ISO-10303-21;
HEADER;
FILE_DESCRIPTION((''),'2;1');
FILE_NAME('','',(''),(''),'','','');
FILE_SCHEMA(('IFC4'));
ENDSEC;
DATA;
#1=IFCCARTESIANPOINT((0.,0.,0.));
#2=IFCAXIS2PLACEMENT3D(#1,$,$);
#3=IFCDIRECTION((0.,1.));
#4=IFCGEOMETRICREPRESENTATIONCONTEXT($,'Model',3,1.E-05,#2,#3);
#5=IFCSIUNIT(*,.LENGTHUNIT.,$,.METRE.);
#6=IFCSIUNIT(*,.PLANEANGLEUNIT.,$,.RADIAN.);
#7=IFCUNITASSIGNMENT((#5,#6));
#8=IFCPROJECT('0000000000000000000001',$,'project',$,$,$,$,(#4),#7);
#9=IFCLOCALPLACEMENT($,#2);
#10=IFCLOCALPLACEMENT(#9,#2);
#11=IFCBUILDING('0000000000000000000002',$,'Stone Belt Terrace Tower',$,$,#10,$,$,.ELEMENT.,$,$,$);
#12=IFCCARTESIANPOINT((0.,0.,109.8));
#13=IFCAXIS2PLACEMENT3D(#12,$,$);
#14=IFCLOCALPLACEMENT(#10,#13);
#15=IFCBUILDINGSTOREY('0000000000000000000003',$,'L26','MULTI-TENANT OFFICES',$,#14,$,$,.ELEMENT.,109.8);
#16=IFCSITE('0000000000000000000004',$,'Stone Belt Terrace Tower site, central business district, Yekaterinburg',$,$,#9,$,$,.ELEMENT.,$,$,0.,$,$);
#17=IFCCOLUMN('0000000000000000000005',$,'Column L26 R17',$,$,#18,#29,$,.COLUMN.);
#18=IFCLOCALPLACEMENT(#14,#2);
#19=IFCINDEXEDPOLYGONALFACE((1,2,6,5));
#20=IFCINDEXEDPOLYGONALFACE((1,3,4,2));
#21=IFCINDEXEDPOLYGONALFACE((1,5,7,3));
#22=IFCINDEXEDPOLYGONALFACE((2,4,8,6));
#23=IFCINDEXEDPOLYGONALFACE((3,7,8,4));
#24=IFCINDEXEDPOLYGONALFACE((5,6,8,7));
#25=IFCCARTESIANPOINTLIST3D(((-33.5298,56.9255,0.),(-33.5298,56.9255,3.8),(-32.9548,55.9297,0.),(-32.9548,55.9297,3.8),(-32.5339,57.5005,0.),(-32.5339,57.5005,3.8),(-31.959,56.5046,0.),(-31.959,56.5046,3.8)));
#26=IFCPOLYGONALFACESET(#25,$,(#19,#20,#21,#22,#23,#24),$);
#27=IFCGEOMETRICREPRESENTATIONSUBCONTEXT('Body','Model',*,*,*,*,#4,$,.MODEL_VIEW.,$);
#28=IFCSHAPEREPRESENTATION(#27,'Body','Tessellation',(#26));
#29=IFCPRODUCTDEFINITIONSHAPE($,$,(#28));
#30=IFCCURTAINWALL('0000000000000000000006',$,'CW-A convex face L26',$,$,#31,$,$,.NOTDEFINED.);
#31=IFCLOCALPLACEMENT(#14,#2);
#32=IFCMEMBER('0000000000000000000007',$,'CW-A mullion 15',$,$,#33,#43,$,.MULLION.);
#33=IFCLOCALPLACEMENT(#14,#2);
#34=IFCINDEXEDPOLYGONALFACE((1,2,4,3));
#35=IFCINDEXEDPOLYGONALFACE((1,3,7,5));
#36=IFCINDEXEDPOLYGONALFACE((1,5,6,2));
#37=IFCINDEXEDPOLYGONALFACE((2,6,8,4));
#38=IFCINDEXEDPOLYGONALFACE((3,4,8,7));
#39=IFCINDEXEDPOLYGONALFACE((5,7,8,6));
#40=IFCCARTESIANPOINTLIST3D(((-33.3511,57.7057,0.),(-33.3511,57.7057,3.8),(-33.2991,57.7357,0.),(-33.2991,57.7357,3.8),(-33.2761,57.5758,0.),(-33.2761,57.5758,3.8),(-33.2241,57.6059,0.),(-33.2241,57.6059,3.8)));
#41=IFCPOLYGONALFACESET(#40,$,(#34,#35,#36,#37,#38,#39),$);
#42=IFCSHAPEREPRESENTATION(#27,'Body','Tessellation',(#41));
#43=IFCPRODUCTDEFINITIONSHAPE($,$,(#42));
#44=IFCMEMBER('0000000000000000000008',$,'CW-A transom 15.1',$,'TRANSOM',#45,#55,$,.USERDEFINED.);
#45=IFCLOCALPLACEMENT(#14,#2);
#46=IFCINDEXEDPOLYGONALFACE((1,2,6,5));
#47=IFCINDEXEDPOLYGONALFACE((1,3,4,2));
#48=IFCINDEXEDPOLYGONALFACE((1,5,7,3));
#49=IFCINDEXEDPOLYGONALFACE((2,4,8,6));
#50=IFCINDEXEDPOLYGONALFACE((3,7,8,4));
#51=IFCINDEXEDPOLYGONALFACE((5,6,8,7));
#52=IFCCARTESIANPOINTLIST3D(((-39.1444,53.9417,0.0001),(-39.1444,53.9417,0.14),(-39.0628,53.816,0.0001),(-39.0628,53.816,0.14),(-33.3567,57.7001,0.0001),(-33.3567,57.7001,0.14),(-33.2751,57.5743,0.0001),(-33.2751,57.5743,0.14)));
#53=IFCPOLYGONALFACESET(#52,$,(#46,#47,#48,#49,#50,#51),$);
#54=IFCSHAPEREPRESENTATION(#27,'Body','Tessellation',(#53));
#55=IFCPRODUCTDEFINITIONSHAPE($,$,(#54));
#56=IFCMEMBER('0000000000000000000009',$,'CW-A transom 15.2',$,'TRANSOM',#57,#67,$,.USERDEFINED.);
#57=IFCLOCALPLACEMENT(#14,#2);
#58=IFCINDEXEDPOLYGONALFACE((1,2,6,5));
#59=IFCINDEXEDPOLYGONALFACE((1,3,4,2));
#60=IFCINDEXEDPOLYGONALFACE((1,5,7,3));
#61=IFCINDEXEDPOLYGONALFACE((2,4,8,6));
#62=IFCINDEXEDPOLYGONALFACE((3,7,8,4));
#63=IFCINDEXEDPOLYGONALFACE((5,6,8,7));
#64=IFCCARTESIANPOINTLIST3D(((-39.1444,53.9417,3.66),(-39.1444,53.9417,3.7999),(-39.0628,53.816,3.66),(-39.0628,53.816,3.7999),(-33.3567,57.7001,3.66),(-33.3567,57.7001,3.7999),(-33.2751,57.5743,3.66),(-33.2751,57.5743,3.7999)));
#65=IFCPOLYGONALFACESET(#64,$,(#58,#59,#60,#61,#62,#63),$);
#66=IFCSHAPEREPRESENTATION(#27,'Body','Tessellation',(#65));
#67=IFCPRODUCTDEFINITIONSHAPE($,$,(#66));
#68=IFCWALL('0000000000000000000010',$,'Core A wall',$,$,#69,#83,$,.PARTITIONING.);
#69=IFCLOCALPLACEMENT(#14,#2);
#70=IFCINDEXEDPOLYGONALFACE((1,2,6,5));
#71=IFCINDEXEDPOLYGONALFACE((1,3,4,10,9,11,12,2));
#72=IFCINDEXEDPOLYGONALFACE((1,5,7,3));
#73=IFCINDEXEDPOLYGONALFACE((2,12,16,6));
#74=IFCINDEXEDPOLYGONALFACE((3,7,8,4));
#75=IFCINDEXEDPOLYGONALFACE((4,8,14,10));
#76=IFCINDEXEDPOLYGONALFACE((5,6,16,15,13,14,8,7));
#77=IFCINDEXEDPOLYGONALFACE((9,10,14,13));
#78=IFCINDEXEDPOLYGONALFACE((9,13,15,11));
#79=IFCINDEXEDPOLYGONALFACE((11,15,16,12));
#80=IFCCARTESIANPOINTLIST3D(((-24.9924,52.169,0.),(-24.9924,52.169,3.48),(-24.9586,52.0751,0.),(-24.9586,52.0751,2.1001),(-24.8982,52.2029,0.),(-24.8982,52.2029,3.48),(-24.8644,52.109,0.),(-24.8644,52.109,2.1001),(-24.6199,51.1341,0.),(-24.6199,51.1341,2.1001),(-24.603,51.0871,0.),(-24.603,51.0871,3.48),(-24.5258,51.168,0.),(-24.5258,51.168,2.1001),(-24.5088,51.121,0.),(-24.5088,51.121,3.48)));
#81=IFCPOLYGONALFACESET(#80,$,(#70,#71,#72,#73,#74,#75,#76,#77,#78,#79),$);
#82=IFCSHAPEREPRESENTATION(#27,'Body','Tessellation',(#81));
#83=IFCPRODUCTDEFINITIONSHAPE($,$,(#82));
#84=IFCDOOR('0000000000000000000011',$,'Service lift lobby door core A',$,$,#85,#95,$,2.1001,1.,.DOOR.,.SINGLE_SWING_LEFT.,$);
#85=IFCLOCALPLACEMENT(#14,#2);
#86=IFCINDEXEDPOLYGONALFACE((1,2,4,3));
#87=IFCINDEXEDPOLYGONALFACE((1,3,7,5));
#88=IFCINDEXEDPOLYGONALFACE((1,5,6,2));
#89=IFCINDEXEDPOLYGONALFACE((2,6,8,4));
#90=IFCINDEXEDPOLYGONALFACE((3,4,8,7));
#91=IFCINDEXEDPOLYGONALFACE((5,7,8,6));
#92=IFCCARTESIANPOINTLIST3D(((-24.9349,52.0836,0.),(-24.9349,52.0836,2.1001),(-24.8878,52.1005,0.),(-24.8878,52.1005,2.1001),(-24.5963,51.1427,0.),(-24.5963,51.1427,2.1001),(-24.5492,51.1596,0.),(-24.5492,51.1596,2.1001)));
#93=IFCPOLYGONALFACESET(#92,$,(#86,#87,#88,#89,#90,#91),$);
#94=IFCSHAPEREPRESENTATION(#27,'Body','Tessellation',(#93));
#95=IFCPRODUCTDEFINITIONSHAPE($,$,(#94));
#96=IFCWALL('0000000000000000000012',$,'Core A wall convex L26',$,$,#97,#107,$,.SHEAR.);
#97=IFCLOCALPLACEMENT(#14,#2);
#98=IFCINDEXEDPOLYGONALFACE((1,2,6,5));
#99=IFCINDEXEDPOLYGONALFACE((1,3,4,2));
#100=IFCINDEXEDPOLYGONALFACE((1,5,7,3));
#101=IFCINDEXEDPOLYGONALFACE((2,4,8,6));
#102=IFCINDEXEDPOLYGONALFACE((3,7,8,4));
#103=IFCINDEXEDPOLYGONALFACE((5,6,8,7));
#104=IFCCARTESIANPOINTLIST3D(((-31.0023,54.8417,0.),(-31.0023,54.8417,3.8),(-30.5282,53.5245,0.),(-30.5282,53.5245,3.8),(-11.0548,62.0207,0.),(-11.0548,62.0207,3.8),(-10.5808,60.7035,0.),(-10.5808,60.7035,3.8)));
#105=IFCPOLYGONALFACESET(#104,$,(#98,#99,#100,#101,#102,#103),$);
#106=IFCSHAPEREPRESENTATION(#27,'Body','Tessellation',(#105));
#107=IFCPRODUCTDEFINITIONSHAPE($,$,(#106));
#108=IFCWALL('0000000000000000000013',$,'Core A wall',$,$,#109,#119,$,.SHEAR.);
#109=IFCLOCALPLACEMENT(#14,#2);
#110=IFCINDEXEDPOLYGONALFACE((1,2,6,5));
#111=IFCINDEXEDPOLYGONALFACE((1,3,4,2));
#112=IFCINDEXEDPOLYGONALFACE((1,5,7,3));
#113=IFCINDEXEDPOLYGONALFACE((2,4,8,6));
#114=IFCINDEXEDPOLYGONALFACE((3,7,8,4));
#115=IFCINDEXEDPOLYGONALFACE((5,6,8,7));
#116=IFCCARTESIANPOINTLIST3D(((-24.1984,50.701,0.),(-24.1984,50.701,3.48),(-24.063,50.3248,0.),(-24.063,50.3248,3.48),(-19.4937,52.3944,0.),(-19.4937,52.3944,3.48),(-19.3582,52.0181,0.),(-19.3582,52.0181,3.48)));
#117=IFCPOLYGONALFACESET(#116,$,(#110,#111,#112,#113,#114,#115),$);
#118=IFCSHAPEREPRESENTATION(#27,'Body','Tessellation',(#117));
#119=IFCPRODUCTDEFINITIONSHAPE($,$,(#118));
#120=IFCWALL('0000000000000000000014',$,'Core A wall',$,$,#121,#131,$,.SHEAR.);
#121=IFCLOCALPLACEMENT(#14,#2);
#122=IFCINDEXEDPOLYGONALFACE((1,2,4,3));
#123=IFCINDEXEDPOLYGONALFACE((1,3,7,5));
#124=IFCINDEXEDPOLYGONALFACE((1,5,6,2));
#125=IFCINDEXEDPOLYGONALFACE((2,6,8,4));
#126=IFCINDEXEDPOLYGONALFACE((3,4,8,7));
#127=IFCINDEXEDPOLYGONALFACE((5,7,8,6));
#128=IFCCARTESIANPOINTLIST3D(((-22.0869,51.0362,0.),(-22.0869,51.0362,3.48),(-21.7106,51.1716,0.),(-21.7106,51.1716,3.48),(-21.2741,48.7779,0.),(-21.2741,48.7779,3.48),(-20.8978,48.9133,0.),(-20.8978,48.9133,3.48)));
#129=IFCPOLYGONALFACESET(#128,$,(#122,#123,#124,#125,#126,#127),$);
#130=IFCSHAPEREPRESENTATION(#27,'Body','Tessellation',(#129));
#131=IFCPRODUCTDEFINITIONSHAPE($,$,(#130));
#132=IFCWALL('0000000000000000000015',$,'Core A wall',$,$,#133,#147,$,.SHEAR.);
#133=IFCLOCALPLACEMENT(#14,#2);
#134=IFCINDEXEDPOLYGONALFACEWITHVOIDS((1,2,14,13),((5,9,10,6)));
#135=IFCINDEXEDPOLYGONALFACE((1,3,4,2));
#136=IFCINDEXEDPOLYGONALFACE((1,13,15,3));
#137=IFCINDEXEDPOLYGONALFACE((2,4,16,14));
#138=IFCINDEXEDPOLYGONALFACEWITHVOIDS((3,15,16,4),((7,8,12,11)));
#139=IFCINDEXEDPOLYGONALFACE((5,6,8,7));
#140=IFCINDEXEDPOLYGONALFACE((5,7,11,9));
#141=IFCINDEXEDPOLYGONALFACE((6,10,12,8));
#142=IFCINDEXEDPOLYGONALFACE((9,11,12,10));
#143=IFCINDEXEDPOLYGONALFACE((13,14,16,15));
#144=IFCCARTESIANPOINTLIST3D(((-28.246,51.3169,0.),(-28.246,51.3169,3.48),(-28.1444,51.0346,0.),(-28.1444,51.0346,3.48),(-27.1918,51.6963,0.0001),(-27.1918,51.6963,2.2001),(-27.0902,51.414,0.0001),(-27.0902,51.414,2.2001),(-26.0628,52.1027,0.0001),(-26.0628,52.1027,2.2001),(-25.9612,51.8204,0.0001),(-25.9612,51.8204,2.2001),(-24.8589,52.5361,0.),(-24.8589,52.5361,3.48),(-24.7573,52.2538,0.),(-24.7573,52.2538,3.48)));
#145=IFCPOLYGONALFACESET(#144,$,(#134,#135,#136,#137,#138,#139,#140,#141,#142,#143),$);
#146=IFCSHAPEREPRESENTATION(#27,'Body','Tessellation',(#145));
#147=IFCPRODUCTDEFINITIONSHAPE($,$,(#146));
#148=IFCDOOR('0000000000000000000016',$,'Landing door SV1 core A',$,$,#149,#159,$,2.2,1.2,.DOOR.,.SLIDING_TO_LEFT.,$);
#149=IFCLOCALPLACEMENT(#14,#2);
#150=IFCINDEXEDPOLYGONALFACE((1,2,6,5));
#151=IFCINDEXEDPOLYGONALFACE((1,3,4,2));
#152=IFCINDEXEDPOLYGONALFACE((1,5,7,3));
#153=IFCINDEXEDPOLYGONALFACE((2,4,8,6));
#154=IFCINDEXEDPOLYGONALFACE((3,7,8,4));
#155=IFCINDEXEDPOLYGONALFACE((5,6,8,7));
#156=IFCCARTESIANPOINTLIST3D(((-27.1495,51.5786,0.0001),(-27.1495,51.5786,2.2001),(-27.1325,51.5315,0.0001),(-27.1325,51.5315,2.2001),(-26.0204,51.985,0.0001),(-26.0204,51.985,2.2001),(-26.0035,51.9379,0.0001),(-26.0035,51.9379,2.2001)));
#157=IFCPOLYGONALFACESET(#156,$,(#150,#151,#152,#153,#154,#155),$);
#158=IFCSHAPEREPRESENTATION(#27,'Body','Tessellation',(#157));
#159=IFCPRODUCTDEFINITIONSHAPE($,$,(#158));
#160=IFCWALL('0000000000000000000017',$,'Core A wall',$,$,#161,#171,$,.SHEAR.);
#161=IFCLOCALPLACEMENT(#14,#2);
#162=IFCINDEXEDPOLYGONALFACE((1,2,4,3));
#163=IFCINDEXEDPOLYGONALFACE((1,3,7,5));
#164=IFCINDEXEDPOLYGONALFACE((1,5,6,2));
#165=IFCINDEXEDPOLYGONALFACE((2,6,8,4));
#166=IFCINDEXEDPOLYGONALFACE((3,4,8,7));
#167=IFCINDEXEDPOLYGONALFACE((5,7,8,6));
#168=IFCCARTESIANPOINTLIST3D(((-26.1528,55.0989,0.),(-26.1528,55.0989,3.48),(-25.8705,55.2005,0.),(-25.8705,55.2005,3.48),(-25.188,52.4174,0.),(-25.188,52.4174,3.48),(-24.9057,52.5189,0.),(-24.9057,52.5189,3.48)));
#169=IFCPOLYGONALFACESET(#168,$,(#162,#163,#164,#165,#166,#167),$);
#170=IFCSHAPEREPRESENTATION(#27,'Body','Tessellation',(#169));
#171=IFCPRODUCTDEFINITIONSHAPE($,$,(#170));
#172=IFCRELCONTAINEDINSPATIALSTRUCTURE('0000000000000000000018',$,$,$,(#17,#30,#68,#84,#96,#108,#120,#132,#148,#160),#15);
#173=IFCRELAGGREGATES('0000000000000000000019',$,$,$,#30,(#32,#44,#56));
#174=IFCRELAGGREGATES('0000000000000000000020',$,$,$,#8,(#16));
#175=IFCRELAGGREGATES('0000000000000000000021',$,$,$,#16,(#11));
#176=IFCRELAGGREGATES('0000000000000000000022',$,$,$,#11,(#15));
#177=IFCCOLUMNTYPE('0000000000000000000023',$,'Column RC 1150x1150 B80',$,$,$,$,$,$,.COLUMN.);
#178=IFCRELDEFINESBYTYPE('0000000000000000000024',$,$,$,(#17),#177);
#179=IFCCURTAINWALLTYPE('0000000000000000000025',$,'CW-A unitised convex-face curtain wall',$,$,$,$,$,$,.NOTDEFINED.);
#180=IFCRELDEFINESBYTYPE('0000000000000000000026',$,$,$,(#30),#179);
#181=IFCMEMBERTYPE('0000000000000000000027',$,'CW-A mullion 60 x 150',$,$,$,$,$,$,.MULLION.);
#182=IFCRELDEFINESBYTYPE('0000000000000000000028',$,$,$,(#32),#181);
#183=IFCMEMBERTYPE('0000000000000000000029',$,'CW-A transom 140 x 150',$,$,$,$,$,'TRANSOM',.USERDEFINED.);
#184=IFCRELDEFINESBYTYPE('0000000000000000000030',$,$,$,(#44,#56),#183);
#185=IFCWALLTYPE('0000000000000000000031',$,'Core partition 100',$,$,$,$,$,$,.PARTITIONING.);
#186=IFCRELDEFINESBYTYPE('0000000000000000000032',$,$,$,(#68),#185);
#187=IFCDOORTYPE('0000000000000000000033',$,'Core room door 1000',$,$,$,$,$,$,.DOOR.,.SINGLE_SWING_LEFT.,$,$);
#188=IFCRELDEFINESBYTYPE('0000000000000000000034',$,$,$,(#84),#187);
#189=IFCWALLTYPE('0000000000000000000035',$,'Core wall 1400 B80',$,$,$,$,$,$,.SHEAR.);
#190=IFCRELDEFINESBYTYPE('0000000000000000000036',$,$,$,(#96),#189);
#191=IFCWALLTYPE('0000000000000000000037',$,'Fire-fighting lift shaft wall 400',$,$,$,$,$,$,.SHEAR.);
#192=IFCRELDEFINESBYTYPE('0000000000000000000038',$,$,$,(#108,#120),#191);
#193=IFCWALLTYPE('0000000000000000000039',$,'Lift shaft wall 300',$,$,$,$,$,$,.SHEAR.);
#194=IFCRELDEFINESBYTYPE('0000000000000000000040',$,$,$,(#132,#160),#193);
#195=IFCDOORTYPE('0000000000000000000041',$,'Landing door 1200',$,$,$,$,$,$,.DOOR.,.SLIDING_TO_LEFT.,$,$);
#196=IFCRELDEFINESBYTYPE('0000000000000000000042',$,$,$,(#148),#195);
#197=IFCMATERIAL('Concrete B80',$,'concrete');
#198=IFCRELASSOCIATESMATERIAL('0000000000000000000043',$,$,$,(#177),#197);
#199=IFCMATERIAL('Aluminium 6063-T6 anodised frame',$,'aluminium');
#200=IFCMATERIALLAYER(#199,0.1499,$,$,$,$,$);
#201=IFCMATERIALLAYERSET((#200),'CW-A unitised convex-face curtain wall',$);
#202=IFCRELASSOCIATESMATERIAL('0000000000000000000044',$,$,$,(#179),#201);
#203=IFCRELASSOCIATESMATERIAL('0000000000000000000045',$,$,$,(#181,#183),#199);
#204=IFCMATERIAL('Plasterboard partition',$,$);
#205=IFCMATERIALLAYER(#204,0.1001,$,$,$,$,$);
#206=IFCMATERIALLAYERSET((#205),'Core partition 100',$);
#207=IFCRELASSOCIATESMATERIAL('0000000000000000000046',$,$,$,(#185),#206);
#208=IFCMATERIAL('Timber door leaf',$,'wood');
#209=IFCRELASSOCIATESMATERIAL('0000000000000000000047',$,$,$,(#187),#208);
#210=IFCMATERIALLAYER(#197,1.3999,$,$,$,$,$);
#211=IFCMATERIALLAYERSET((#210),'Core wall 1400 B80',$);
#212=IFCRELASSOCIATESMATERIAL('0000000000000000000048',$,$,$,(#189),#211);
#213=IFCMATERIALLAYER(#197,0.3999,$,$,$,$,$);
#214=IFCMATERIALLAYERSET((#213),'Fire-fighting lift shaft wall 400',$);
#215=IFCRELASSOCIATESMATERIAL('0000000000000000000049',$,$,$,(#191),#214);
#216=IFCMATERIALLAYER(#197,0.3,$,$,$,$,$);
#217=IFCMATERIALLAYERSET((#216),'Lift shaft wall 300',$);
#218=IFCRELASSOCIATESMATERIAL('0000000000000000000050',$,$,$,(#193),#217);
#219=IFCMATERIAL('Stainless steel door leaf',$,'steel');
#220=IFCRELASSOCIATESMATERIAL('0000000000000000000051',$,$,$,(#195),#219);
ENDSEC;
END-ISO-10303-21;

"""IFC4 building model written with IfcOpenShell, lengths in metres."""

from ifc_helpers import new_model, si_unit, direction, frame, frame_2d, origin, origin_2d, place, context, subcontext, project, spatial, rectangle, extrude, material, layer, layer_set, material_profile, profile_set, type_object, element, fill, aggregate, save


model = new_model("IFC4")

# Units and contexts
model_context = context("Model", 3, precision=1e-05, world=origin(), true_north=direction((0.0, 1.0)))
body_context = subcontext(model_context, "Body", "Model", "MODEL_VIEW")
ifc_project = project(units=[si_unit("LENGTHUNIT", "METRE"), si_unit("PLANEANGLEUNIT", "RADIAN")], contexts=[model_context])

# Site, building, storey
site_placement = place(None, origin())
site = spatial("IfcSite", under=ifc_project, at=site_placement, Name="Stone Belt Terrace Tower site, central business district, Yekaterinburg", CompositionType="ELEMENT", RefElevation=0.0)
building_placement = place(site_placement, origin())
building = spatial("IfcBuilding", under=site, at=building_placement, Name="Stone Belt Terrace Tower", CompositionType="ELEMENT")
storey_placement = place(building_placement, frame((0.0, 0.0, 109.8)))
storey = spatial("IfcBuildingStorey", under=building, at=storey_placement, Name="L26", Description="MULTI-TENANT OFFICES", CompositionType="ELEMENT", Elevation=109.8)

# Column
ifc_material_1 = material(Name="Concrete B80", Category="concrete")
ifc_material_profile_1 = material_profile(ifc_material_1, rectangle(XDim=1.1499, YDim=1.1499, at=origin_2d()), Name="RC 1150x1150")
ifc_profile_set_1 = profile_set([ifc_material_profile_1], Name="Concrete B80")
column_type = type_object("IfcColumnType", Name="Column RC 1150x1150 B80", PredefinedType="COLUMN", material=ifc_profile_set_1)
column_placement = place(storey_placement, frame((-32.7444, 56.7151, 0.0), z_axis=(0.0, 0.0, 1.0), x_axis=(0.866025, 0.5, 0.0)))
element("IfcColumn", 1, at=column_placement, inside=storey, type_object=column_type, Name="Column L26 R17", PredefinedType="COLUMN", context=body_context, shape_type="SweptSolid", body=[
    extrude(rectangle(XDim=1.1499, YDim=1.1499, at=origin_2d()), origin(), (0.0, 0.0, 1.0), 3.8),
])

# Curtain wall, members
ifc_material_2 = material(Name="Aluminium 6063-T6 anodised frame", Category="aluminium")
ifc_layer_1 = layer(ifc_material_2, 0.1499)
ifc_layer_set_1 = layer_set([ifc_layer_1], Name="CW-A unitised convex-face curtain wall")
curtain_wall_type = type_object("IfcCurtainWallType", Name="CW-A unitised convex-face curtain wall", PredefinedType="NOTDEFINED", material=ifc_layer_set_1)
curtain_wall_placement = place(storey_placement, origin())
curtain_wall = element("IfcCurtainWall", 2, at=curtain_wall_placement, inside=storey, type_object=curtain_wall_type, Name="CW-A convex face L26", PredefinedType="NOTDEFINED")
ifc_material_profile_2 = material_profile(ifc_material_2, rectangle(XDim=0.1499, YDim=0.0601, at=origin_2d()), Name="Aluminium 6063-T6 60x150")
ifc_profile_set_2 = profile_set([ifc_material_profile_2], Name="Aluminium 6063-T6 anodised frame")
member_type_1 = type_object("IfcMemberType", Name="CW-A mullion 60 x 150", PredefinedType="MULLION", material=ifc_profile_set_2)
member_1_placement = place(storey_placement, frame((-33.2876, 57.6558, 0.0), z_axis=(0.0, 0.0, 1.0), x_axis=(0.5, -0.866025, 0.0)))
member_1 = element("IfcMember", 3, at=member_1_placement, type_object=member_type_1, Name="CW-A mullion 15", PredefinedType="MULLION", context=body_context, shape_type="SweptSolid", body=[
    extrude(rectangle(XDim=0.1499, YDim=0.0601, at=origin_2d()), origin(), (0.0, 0.0, 1.0), 3.8),
])
ifc_material_profile_3 = material_profile(ifc_material_2, rectangle(XDim=0.1499, YDim=0.1399, at=origin_2d()), Name="Aluminium 6063-T6 150x140")
ifc_profile_set_3 = profile_set([ifc_material_profile_3], Name="Aluminium 6063-T6 anodised frame")
member_type_2 = type_object("IfcMemberType", Name="CW-A transom 140 x 150", ElementType="TRANSOM", PredefinedType="USERDEFINED", material=ifc_profile_set_3)
member_2_placement = place(storey_placement, frame((-33.3159, 57.6372, 0.0701), z_axis=(-0.838684, -0.544618, 0.0), x_axis=(0.544618, -0.838684, 0.0)))
member_2 = element("IfcMember", 4, at=member_2_placement, type_object=member_type_2, Name="CW-A transom 15.1", ObjectType="TRANSOM", PredefinedType="USERDEFINED", context=body_context, shape_type="SweptSolid", body=[
    extrude(rectangle(XDim=0.1499, YDim=0.1399, at=origin_2d()), origin(), (0.0, 0.0, 1.0), 6.9009),
])
member_3_placement = place(storey_placement, frame((-33.3159, 57.6372, 3.73), z_axis=(-0.838684, -0.544618, 0.0), x_axis=(0.544618, -0.838684, 0.0)))
member_3 = element("IfcMember", 5, at=member_3_placement, type_object=member_type_2, Name="CW-A transom 15.2", ObjectType="TRANSOM", PredefinedType="USERDEFINED", context=body_context, shape_type="SweptSolid", body=[
    extrude(rectangle(XDim=0.1499, YDim=0.1399, at=origin_2d()), origin(), (0.0, 0.0, 1.0), 6.9009),
])
aggregate(curtain_wall, [member_1, member_2, member_3])

# Wall, opening, door
ifc_material_3 = material(Name="Plasterboard partition")
ifc_layer_2 = layer(ifc_material_3, 0.1001)
ifc_layer_set_2 = layer_set([ifc_layer_2], Name="Core partition 100")
wall_type_1 = type_object("IfcWallType", Name="Core partition 100", PredefinedType="PARTITIONING", material=ifc_layer_set_2)
wall_1_placement = place(storey_placement, frame((-24.5559, 51.104, 0.0), z_axis=(0.0, 0.0, 1.0), x_axis=(-0.338622, 0.940923, 0.0)))
wall_1 = element("IfcWall", 6, at=wall_1_placement, inside=storey, type_object=wall_type_1, Name="Core A wall", PredefinedType="PARTITIONING", context=body_context, shape_type="SweptSolid", body=[
    extrude(rectangle(XDim=1.1499, YDim=0.1001, at=frame_2d((0.575, 0.0))), origin(), (0.0, 0.0, 1.0), 3.48),
])
opening_1_placement = place(wall_1_placement, frame((0.05, 0.0, 0.0)))
opening_1 = element("IfcOpeningElement", 7, at=opening_1_placement, cuts=wall_1, PredefinedType="OPENING", context=body_context, shape_type="SweptSolid", body=[
    extrude(rectangle(XDim=1.0, YDim=2.1001, at=frame_2d((0.5, 1.05))), frame((0.0, 0.0601, 0.0), z_axis=(0.0, -1.0, 0.0), x_axis=(1.0, 0.0, 0.0)), (0.0, 0.0, 1.0), 0.1201),
])
ifc_material_4 = material(Name="Timber door leaf", Category="wood")
door_type_1 = type_object("IfcDoorType", Name="Core room door 1000", OperationType="SINGLE_SWING_LEFT", PredefinedType="DOOR", material=ifc_material_4)
door_1_placement = place(opening_1_placement, origin())
door_1 = element("IfcDoor", 8, at=door_1_placement, inside=storey, type_object=door_type_1, Name="Service lift lobby door core A", OperationType="SINGLE_SWING_LEFT", OverallHeight=2.1001, OverallWidth=1.0, PredefinedType="DOOR", context=body_context, shape_type="SweptSolid", body=[
    extrude(rectangle(XDim=1.0, YDim=2.1001, at=frame_2d((0.5, 1.05))), frame((0.0, 0.0249, 0.0), z_axis=(0.0, -1.0, 0.0), x_axis=(1.0, 0.0, 0.0)), (0.0, 0.0, 1.0), 0.05),
])
fill(opening_1, door_1)

# Walls
ifc_layer_3 = layer(ifc_material_1, 1.3999)
ifc_layer_set_3 = layer_set([ifc_layer_3], Name="Core wall 1400 B80")
wall_type_2 = type_object("IfcWallType", Name="Core wall 1400 B80", PredefinedType="SHEAR", material=ifc_layer_set_3)
wall_2_placement = place(storey_placement, frame((-30.7654, 54.1831, 0.0), z_axis=(0.0, 0.0, 1.0), x_axis=(0.94092, 0.33863, 0.0)))
element("IfcWall", 9, at=wall_2_placement, inside=storey, type_object=wall_type_2, Name="Core A wall convex L26", PredefinedType="SHEAR", context=body_context, shape_type="SweptSolid", body=[
    extrude(rectangle(XDim=21.2, YDim=1.3999, at=frame_2d((10.6001, 0.0))), origin(), (0.0, 0.0, 1.0), 3.8),
])
ifc_layer_4 = layer(ifc_material_1, 0.3999)
ifc_layer_set_4 = layer_set([ifc_layer_4], Name="Fire-fighting lift shaft wall 400")
wall_type_3 = type_object("IfcWallType", Name="Fire-fighting lift shaft wall 400", PredefinedType="SHEAR", material=ifc_layer_set_4)
wall_3_placement = place(storey_placement, frame((-24.1306, 50.5129, 0.0), z_axis=(0.0, 0.0, 1.0), x_axis=(0.940912, 0.338652, 0.0)))
element("IfcWall", 10, at=wall_3_placement, inside=storey, type_object=wall_type_3, Name="Core A wall", PredefinedType="SHEAR", context=body_context, shape_type="SweptSolid", body=[
    extrude(rectangle(XDim=5.0002, YDim=0.3999, at=frame_2d((2.5, 0.0))), origin(), (0.0, 0.0, 1.0), 3.48),
])
wall_4_placement = place(storey_placement, frame((-21.0859, 48.8455, 0.0), z_axis=(0.0, 0.0, 1.0), x_axis=(-0.338629, 0.94092, 0.0)))
element("IfcWall", 11, at=wall_4_placement, inside=storey, type_object=wall_type_3, Name="Core A wall", PredefinedType="SHEAR", context=body_context, shape_type="SweptSolid", body=[
    extrude(rectangle(XDim=2.4001, YDim=0.3999, at=frame_2d((1.2002, 0.0))), origin(), (0.0, 0.0, 1.0), 3.48),
])

# Wall, opening, door
ifc_layer_5 = layer(ifc_material_1, 0.3)
ifc_layer_set_5 = layer_set([ifc_layer_5], Name="Lift shaft wall 300")
wall_type_4 = type_object("IfcWallType", Name="Lift shaft wall 300", PredefinedType="SHEAR", material=ifc_layer_set_5)
wall_5_placement = place(storey_placement, frame((-28.1951, 51.1758, 0.0), z_axis=(0.0, 0.0, 1.0), x_axis=(0.940901, 0.338681, 0.0)))
wall_5 = element("IfcWall", 12, at=wall_5_placement, inside=storey, type_object=wall_type_4, Name="Core A wall", PredefinedType="SHEAR", context=body_context, shape_type="SweptSolid", body=[
    extrude(rectangle(XDim=3.5999, YDim=0.3, at=frame_2d((1.7998, 0.0))), origin(), (0.0, 0.0, 1.0), 3.48),
])
opening_2_placement = place(wall_5_placement, frame((1.1201, 0.0, 0.0)))
opening_2 = element("IfcOpeningElement", 13, at=opening_2_placement, cuts=wall_5, PredefinedType="OPENING", context=body_context, shape_type="SweptSolid", body=[
    extrude(rectangle(XDim=1.2, YDim=2.2, at=frame_2d((0.6001, 1.1001))), frame((0.0, 0.1599, 0.0), z_axis=(0.0, -1.0, 0.0), x_axis=(1.0, 0.0, 0.0)), (0.0, 0.0, 1.0), 0.3201),
])
ifc_material_5 = material(Name="Stainless steel door leaf", Category="steel")
door_type_2 = type_object("IfcDoorType", Name="Landing door 1200", OperationType="SLIDING_TO_LEFT", PredefinedType="DOOR", material=ifc_material_5)
door_2_placement = place(opening_2_placement, origin())
door_2 = element("IfcDoor", 14, at=door_2_placement, inside=storey, type_object=door_type_2, Name="Landing door SV1 core A", OperationType="SLIDING_TO_LEFT", OverallHeight=2.2, OverallWidth=1.2, PredefinedType="DOOR", context=body_context, shape_type="SweptSolid", body=[
    extrude(rectangle(XDim=1.2, YDim=2.2, at=frame_2d((0.6001, 1.1001))), frame((0.0, 0.0249, 0.0), z_axis=(0.0, -1.0, 0.0), x_axis=(1.0, 0.0, 0.0)), (0.0, 0.0, 1.0), 0.05),
])
fill(opening_2, door_2)

# Wall
wall_6_placement = place(storey_placement, frame((-25.0469, 52.4683, 0.0), z_axis=(0.0, 0.0, 1.0), x_axis=(-0.33855, 0.940949, 0.0)))
element("IfcWall", 15, at=wall_6_placement, inside=storey, type_object=wall_type_4, Name="Core A wall", PredefinedType="SHEAR", context=body_context, shape_type="SweptSolid", body=[
    extrude(rectangle(XDim=2.8499, YDim=0.3, at=frame_2d((1.4248, 0.0))), origin(), (0.0, 0.0, 1.0), 3.48),
])

save(model, "model.ifc")
